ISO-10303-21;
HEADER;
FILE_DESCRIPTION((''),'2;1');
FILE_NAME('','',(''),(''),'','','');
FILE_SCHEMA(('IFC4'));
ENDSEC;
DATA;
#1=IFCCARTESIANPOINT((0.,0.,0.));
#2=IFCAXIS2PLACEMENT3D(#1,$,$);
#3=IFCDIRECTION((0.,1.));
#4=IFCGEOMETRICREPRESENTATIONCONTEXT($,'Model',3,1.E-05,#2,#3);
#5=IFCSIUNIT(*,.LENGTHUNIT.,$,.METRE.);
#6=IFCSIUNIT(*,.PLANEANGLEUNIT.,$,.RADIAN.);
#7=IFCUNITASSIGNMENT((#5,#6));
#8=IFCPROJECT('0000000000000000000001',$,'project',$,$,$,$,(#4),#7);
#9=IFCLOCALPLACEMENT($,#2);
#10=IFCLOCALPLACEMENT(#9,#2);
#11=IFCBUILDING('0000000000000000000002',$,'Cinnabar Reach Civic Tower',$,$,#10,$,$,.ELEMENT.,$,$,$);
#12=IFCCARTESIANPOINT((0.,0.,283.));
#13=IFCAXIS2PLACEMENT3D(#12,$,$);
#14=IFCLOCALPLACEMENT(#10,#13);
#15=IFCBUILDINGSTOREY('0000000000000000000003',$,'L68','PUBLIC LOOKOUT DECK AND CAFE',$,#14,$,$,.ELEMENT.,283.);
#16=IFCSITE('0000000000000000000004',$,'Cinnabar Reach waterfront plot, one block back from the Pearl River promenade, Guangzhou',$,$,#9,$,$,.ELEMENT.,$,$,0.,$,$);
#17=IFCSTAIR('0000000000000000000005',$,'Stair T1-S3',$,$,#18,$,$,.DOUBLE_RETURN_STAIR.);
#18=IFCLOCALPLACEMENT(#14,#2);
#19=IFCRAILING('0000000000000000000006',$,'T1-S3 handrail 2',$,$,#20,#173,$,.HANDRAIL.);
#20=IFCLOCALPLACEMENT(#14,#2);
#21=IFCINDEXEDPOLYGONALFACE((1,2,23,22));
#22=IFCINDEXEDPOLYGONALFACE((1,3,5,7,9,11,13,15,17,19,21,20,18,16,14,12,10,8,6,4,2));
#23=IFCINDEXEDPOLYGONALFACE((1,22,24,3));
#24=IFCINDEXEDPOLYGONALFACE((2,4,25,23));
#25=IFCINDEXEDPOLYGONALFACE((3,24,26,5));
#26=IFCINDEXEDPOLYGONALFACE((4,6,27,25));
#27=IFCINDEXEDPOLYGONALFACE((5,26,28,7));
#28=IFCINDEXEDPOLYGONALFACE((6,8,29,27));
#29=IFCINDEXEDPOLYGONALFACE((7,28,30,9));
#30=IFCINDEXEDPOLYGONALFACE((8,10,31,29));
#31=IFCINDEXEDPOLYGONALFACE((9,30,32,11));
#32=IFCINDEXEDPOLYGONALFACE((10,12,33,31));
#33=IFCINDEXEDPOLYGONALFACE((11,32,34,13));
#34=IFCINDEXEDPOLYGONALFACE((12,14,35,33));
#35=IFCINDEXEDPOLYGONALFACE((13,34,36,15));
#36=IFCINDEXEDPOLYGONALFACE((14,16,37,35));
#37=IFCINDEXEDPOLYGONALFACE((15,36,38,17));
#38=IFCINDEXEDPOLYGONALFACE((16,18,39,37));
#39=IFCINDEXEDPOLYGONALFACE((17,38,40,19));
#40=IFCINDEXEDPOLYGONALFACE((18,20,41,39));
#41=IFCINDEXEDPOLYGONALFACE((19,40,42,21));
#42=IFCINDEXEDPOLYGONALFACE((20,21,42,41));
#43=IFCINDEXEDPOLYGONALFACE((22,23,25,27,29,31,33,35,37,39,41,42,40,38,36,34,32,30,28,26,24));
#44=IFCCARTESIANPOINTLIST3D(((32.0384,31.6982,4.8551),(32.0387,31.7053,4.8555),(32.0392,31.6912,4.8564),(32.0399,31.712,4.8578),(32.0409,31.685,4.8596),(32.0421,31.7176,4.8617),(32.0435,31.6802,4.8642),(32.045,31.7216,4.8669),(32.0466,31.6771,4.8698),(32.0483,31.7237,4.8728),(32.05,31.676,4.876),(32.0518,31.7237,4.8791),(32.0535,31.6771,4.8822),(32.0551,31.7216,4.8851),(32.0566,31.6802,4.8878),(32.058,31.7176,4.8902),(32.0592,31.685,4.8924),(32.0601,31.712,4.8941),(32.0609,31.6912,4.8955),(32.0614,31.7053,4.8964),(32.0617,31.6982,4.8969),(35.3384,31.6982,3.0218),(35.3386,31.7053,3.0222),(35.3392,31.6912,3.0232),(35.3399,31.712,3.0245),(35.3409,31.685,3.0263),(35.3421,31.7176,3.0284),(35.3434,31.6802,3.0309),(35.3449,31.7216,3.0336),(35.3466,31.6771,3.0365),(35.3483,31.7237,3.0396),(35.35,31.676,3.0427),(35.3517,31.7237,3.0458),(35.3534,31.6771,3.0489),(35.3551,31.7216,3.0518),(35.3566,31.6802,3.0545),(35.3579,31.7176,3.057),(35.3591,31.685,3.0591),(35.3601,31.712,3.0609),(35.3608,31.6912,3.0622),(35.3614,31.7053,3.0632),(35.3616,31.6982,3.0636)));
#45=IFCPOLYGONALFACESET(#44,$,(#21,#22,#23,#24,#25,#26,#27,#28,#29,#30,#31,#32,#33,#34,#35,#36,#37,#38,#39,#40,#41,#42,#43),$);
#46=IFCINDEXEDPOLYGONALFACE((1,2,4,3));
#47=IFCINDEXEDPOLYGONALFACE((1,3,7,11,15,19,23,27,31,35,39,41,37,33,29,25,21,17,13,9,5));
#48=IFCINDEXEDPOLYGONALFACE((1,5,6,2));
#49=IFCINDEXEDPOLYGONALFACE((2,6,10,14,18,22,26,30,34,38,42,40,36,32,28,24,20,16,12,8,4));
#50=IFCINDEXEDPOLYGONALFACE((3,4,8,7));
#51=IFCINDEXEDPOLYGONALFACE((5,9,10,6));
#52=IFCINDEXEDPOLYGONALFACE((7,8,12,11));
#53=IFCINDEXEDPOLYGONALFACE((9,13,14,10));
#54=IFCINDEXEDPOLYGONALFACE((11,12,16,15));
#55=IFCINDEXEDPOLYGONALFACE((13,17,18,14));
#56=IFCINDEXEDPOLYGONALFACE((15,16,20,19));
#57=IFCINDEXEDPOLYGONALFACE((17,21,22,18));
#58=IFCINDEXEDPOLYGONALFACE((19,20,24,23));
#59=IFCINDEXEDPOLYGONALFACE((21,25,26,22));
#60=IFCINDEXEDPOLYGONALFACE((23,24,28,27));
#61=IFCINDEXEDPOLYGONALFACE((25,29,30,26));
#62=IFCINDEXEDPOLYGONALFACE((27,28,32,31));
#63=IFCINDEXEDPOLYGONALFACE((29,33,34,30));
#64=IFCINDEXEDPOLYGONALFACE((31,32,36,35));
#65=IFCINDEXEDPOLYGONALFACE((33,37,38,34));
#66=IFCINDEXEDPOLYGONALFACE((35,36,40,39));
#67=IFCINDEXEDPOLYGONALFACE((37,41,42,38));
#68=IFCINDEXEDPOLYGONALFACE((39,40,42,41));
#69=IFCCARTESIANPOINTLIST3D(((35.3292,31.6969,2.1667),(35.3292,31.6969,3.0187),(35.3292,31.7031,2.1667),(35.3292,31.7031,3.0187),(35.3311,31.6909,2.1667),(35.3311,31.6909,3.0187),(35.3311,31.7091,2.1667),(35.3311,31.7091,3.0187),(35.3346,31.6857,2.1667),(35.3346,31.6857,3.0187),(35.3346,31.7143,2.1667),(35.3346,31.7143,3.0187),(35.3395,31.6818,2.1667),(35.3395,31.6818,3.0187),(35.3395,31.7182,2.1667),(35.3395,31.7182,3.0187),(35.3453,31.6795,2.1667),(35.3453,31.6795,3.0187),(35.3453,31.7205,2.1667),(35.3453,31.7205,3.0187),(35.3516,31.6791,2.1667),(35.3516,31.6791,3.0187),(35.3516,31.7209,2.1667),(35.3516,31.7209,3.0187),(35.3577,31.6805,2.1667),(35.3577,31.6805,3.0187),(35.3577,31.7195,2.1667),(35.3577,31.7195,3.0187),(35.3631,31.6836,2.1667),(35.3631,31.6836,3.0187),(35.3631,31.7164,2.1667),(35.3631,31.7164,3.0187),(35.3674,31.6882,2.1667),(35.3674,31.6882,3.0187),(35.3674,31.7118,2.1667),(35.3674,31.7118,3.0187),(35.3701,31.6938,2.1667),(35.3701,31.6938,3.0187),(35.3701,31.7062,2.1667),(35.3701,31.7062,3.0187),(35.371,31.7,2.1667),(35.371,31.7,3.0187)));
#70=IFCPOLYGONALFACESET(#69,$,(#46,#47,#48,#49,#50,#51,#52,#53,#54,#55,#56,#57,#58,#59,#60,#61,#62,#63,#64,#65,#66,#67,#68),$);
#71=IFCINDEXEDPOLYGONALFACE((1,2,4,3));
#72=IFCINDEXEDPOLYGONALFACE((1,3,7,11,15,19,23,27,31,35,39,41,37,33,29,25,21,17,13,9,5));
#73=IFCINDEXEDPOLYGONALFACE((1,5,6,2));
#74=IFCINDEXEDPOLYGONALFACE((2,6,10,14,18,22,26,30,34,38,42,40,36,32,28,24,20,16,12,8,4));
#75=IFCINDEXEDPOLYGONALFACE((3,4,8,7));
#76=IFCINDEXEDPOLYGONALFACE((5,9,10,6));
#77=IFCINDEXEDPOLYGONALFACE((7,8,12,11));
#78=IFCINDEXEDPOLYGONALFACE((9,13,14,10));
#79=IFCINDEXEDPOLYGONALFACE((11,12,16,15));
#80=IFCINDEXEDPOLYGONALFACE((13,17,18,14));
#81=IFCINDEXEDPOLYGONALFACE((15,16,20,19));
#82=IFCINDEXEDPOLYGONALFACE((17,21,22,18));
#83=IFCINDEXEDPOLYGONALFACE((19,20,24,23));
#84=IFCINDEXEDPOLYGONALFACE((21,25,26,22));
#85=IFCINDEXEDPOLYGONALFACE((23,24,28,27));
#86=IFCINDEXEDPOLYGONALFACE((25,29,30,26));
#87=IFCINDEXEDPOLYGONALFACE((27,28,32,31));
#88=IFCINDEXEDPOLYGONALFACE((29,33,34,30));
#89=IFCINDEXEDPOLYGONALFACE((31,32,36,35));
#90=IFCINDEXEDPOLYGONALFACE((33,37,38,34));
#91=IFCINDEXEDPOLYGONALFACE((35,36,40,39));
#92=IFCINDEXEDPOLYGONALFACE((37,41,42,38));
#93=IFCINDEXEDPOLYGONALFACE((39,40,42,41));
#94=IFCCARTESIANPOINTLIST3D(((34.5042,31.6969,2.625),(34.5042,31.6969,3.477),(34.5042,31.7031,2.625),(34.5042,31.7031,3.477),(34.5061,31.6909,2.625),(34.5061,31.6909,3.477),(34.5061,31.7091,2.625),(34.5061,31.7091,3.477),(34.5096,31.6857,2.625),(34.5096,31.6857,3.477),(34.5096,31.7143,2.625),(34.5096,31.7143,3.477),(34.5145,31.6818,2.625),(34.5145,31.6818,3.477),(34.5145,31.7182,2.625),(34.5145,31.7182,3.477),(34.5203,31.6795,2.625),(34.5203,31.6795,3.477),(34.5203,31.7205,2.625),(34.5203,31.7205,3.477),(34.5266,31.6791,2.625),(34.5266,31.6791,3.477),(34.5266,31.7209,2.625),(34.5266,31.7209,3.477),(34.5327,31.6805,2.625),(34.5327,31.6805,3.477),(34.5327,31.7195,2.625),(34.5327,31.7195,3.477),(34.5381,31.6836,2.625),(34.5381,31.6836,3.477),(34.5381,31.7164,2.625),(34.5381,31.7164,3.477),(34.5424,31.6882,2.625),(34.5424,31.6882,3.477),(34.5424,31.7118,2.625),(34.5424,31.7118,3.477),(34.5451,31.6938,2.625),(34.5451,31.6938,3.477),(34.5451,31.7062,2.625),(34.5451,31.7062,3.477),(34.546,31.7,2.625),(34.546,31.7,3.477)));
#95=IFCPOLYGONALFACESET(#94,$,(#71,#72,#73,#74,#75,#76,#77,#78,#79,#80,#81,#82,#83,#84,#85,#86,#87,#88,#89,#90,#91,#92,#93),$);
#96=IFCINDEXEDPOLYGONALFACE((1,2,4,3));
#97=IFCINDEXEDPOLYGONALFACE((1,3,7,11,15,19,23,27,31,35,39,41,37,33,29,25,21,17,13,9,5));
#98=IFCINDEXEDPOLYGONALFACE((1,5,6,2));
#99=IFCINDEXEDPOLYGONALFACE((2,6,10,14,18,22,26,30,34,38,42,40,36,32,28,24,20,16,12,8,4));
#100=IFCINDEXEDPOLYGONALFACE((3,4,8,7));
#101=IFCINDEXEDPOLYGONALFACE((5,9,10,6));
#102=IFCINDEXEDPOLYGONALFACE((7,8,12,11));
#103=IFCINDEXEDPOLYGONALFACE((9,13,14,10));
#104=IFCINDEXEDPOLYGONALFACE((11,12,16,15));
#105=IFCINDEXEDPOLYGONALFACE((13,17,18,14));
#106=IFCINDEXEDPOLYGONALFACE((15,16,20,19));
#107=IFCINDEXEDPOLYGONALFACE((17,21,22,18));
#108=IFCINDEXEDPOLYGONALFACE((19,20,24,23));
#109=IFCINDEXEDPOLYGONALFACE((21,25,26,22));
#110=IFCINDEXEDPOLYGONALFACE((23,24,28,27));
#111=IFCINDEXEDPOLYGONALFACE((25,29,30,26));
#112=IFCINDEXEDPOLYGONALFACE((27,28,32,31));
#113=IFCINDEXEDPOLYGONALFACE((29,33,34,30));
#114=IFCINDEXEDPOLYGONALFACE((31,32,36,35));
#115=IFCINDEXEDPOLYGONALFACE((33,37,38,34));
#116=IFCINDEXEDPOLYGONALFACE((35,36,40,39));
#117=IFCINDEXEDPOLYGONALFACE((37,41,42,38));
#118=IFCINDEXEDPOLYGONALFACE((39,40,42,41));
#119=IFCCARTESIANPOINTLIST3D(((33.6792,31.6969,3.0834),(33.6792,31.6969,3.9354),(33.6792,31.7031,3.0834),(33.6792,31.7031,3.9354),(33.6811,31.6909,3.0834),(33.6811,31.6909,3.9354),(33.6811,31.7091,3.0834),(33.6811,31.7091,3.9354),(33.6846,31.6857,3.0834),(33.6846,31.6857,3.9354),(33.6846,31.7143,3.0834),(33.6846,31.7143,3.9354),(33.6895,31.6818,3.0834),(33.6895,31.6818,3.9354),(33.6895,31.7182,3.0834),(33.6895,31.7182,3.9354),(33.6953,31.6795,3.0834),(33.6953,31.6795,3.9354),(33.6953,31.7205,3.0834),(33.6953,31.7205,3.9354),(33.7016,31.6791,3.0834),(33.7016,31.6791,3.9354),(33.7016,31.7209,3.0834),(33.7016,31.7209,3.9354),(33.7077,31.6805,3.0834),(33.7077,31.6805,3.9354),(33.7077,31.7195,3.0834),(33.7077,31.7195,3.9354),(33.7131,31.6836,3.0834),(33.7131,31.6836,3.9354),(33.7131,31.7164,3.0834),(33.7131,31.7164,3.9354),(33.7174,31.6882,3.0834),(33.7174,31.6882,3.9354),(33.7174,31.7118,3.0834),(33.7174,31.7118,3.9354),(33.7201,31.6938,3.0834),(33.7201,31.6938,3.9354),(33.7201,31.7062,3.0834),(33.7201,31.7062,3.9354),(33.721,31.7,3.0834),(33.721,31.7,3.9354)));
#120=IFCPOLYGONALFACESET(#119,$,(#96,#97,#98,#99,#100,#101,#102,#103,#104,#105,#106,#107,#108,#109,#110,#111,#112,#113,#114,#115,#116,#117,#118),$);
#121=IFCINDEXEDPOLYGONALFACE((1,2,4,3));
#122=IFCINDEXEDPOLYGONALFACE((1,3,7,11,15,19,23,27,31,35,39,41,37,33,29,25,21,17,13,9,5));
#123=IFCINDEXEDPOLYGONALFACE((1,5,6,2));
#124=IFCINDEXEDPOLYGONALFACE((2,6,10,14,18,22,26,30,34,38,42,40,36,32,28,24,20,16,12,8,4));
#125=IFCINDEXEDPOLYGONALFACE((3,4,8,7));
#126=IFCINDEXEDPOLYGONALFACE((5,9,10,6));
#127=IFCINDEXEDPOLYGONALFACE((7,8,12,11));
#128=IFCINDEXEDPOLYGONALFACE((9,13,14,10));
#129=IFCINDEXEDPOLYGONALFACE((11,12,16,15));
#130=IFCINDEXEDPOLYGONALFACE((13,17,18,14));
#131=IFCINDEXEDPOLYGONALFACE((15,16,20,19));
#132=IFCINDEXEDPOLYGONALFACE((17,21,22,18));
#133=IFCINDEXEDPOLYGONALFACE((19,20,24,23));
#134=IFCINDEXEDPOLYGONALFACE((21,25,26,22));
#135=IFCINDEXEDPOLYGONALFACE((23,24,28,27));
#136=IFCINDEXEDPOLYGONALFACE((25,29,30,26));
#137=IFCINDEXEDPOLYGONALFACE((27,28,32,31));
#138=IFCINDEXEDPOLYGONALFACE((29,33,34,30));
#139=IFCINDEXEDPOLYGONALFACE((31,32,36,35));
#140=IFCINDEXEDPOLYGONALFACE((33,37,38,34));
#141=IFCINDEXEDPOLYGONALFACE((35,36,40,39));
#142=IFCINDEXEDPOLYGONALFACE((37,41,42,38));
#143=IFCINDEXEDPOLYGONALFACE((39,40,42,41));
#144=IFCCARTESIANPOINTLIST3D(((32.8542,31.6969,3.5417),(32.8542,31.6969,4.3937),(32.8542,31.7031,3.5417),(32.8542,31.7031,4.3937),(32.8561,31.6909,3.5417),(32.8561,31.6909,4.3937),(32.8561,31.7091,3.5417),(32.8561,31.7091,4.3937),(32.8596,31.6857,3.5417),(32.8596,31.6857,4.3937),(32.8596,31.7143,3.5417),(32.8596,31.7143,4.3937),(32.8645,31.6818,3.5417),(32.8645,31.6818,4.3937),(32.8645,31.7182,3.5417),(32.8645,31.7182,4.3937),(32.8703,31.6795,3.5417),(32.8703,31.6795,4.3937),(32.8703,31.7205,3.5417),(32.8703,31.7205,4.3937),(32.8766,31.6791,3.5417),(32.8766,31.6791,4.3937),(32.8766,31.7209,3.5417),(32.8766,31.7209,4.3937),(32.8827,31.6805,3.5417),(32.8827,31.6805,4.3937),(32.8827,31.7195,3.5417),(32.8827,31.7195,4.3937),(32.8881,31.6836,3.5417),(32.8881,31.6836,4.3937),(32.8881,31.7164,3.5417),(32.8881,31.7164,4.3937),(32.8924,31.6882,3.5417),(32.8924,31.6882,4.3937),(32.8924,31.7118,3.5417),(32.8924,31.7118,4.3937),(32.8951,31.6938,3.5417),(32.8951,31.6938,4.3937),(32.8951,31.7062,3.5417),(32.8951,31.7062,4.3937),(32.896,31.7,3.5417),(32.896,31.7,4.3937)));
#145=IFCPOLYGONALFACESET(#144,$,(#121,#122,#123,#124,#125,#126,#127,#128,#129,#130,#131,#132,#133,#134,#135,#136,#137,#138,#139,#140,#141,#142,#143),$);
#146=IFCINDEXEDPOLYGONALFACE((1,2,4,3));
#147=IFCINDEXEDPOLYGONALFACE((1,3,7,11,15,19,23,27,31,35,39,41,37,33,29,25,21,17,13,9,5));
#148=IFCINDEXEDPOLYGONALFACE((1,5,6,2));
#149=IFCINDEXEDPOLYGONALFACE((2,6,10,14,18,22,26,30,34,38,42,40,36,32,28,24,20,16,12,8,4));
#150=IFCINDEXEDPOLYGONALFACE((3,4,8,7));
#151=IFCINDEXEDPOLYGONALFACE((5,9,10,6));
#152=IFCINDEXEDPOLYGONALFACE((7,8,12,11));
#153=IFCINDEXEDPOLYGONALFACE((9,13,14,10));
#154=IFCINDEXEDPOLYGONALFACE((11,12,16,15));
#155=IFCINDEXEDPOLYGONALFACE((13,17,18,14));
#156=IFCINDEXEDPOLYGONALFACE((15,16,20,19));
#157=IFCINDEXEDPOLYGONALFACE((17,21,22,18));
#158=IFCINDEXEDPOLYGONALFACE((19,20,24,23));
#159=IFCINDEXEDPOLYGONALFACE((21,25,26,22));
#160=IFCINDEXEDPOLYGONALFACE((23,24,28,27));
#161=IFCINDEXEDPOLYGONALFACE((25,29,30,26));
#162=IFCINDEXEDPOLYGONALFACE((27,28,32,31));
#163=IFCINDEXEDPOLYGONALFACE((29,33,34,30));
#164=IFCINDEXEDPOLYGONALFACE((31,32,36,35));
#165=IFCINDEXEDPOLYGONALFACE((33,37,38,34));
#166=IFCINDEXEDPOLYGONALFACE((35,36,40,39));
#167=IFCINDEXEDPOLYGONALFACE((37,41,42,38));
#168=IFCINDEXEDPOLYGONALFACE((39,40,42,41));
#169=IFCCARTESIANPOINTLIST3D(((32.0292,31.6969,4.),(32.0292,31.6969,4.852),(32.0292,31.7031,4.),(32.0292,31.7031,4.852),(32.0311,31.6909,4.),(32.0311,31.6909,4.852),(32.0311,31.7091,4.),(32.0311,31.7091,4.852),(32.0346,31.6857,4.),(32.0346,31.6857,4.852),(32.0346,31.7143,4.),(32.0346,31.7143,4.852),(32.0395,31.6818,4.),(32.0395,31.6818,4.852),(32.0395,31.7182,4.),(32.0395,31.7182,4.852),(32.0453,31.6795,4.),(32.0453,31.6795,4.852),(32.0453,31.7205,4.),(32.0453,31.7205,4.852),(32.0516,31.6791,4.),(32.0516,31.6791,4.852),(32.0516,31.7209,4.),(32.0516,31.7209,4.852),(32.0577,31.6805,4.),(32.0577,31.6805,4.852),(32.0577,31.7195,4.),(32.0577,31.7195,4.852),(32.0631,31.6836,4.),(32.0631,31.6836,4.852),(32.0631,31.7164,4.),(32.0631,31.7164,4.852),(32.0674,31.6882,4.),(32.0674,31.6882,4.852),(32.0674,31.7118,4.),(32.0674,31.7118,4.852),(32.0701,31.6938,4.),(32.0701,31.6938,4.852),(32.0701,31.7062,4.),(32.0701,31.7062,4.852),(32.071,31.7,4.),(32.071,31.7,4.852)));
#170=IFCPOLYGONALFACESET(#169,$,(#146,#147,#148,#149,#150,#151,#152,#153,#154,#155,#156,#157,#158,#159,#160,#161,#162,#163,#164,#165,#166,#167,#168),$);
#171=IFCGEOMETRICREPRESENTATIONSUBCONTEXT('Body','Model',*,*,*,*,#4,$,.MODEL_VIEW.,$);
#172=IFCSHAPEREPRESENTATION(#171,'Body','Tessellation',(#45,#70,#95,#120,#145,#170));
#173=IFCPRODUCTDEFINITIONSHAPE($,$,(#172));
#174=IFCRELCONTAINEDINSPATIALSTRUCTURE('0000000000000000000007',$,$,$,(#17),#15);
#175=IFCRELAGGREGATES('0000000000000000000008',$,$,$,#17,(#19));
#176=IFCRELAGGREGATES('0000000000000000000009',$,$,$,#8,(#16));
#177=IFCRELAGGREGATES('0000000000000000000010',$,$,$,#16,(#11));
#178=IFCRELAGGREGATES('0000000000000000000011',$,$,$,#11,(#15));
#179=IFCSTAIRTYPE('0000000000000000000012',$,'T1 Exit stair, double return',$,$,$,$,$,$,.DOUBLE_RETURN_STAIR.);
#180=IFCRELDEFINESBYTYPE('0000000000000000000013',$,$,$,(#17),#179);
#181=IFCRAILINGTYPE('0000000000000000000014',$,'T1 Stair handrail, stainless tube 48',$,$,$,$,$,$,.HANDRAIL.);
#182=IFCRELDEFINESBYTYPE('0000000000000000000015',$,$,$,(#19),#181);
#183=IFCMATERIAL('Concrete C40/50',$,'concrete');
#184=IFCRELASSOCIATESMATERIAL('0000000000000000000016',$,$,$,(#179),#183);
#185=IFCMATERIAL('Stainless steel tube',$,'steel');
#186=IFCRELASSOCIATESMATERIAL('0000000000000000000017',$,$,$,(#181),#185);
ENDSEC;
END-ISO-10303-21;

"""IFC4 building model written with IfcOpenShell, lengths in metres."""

from ifc_helpers import new_model, si_unit, direction, frame, origin, origin_2d, place, context, subcontext, project, spatial, circle, extrude, material, type_object, element, aggregate, save


model = new_model("IFC4")

# Units and contexts
model_context = context("Model", 3, precision=1e-05, world=origin(), true_north=direction((0.0, 1.0)))
body_context = subcontext(model_context, "Body", "Model", "MODEL_VIEW")
ifc_project = project(units=[si_unit("LENGTHUNIT", "METRE"), si_unit("PLANEANGLEUNIT", "RADIAN")], contexts=[model_context])

# Site, building, storey
site_placement = place(None, origin())
site = spatial("IfcSite", under=ifc_project, at=site_placement, Name="Cinnabar Reach waterfront plot, one block back from the Pearl River promenade, Guangzhou", CompositionType="ELEMENT", RefElevation=0.0)
building_placement = place(site_placement, origin())
building = spatial("IfcBuilding", under=site, at=building_placement, Name="Cinnabar Reach Civic Tower", CompositionType="ELEMENT")
storey_placement = place(building_placement, frame((0.0, 0.0, 283.0)))
storey = spatial("IfcBuildingStorey", under=building, at=storey_placement, Name="L68", Description="PUBLIC LOOKOUT DECK AND CAFE", CompositionType="ELEMENT", Elevation=283.0)

# Stair, railing
ifc_material_1 = material(Name="Concrete C40/50", Category="concrete")
stair_type = type_object("IfcStairType", Name="T1 Exit stair, double return", PredefinedType="DOUBLE_RETURN_STAIR", material=ifc_material_1)
stair_placement = place(storey_placement, origin())
stair = element("IfcStair", 1, at=stair_placement, inside=storey, type_object=stair_type, Name="Stair T1-S3", PredefinedType="DOUBLE_RETURN_STAIR")
ifc_material_2 = material(Name="Stainless steel tube", Category="steel")
railing_type = type_object("IfcRailingType", Name="T1 Stair handrail, stainless tube 48", PredefinedType="HANDRAIL", material=ifc_material_2)
railing_1_placement = place(storey_placement, frame((35.35, 31.7, 2.1667)))
railing_1 = element("IfcRailing", 2, at=railing_1_placement, type_object=railing_type, Name="T1-S3 handrail 2", PredefinedType="HANDRAIL", context=body_context, shape_type="SweptSolid", body=[
    extrude(circle(Radius=0.024, at=origin_2d()), frame((0.0, 0.0, 0.876), z_axis=(-0.874161, 0.0, 0.485636), x_axis=(0.0, -1.0, 0.0)), (0.0, 0.0, 1.0), 3.775),
    extrude(circle(Radius=0.021, at=origin_2d()), origin(), (0.0, 0.0, 1.0), 0.852),
    extrude(circle(Radius=0.021, at=origin_2d()), frame((-0.825, 0.0, 0.4583)), (0.0, 0.0, 1.0), 0.852),
    extrude(circle(Radius=0.021, at=origin_2d()), frame((-1.65, 0.0, 0.9167)), (0.0, 0.0, 1.0), 0.852),
    extrude(circle(Radius=0.021, at=origin_2d()), frame((-2.475, 0.0, 1.375)), (0.0, 0.0, 1.0), 0.852),
    extrude(circle(Radius=0.021, at=origin_2d()), frame((-3.3, 0.0, 1.8333)), (0.0, 0.0, 1.0), 0.852),
])
aggregate(stair, [railing_1])

save(model, "model.ifc")
